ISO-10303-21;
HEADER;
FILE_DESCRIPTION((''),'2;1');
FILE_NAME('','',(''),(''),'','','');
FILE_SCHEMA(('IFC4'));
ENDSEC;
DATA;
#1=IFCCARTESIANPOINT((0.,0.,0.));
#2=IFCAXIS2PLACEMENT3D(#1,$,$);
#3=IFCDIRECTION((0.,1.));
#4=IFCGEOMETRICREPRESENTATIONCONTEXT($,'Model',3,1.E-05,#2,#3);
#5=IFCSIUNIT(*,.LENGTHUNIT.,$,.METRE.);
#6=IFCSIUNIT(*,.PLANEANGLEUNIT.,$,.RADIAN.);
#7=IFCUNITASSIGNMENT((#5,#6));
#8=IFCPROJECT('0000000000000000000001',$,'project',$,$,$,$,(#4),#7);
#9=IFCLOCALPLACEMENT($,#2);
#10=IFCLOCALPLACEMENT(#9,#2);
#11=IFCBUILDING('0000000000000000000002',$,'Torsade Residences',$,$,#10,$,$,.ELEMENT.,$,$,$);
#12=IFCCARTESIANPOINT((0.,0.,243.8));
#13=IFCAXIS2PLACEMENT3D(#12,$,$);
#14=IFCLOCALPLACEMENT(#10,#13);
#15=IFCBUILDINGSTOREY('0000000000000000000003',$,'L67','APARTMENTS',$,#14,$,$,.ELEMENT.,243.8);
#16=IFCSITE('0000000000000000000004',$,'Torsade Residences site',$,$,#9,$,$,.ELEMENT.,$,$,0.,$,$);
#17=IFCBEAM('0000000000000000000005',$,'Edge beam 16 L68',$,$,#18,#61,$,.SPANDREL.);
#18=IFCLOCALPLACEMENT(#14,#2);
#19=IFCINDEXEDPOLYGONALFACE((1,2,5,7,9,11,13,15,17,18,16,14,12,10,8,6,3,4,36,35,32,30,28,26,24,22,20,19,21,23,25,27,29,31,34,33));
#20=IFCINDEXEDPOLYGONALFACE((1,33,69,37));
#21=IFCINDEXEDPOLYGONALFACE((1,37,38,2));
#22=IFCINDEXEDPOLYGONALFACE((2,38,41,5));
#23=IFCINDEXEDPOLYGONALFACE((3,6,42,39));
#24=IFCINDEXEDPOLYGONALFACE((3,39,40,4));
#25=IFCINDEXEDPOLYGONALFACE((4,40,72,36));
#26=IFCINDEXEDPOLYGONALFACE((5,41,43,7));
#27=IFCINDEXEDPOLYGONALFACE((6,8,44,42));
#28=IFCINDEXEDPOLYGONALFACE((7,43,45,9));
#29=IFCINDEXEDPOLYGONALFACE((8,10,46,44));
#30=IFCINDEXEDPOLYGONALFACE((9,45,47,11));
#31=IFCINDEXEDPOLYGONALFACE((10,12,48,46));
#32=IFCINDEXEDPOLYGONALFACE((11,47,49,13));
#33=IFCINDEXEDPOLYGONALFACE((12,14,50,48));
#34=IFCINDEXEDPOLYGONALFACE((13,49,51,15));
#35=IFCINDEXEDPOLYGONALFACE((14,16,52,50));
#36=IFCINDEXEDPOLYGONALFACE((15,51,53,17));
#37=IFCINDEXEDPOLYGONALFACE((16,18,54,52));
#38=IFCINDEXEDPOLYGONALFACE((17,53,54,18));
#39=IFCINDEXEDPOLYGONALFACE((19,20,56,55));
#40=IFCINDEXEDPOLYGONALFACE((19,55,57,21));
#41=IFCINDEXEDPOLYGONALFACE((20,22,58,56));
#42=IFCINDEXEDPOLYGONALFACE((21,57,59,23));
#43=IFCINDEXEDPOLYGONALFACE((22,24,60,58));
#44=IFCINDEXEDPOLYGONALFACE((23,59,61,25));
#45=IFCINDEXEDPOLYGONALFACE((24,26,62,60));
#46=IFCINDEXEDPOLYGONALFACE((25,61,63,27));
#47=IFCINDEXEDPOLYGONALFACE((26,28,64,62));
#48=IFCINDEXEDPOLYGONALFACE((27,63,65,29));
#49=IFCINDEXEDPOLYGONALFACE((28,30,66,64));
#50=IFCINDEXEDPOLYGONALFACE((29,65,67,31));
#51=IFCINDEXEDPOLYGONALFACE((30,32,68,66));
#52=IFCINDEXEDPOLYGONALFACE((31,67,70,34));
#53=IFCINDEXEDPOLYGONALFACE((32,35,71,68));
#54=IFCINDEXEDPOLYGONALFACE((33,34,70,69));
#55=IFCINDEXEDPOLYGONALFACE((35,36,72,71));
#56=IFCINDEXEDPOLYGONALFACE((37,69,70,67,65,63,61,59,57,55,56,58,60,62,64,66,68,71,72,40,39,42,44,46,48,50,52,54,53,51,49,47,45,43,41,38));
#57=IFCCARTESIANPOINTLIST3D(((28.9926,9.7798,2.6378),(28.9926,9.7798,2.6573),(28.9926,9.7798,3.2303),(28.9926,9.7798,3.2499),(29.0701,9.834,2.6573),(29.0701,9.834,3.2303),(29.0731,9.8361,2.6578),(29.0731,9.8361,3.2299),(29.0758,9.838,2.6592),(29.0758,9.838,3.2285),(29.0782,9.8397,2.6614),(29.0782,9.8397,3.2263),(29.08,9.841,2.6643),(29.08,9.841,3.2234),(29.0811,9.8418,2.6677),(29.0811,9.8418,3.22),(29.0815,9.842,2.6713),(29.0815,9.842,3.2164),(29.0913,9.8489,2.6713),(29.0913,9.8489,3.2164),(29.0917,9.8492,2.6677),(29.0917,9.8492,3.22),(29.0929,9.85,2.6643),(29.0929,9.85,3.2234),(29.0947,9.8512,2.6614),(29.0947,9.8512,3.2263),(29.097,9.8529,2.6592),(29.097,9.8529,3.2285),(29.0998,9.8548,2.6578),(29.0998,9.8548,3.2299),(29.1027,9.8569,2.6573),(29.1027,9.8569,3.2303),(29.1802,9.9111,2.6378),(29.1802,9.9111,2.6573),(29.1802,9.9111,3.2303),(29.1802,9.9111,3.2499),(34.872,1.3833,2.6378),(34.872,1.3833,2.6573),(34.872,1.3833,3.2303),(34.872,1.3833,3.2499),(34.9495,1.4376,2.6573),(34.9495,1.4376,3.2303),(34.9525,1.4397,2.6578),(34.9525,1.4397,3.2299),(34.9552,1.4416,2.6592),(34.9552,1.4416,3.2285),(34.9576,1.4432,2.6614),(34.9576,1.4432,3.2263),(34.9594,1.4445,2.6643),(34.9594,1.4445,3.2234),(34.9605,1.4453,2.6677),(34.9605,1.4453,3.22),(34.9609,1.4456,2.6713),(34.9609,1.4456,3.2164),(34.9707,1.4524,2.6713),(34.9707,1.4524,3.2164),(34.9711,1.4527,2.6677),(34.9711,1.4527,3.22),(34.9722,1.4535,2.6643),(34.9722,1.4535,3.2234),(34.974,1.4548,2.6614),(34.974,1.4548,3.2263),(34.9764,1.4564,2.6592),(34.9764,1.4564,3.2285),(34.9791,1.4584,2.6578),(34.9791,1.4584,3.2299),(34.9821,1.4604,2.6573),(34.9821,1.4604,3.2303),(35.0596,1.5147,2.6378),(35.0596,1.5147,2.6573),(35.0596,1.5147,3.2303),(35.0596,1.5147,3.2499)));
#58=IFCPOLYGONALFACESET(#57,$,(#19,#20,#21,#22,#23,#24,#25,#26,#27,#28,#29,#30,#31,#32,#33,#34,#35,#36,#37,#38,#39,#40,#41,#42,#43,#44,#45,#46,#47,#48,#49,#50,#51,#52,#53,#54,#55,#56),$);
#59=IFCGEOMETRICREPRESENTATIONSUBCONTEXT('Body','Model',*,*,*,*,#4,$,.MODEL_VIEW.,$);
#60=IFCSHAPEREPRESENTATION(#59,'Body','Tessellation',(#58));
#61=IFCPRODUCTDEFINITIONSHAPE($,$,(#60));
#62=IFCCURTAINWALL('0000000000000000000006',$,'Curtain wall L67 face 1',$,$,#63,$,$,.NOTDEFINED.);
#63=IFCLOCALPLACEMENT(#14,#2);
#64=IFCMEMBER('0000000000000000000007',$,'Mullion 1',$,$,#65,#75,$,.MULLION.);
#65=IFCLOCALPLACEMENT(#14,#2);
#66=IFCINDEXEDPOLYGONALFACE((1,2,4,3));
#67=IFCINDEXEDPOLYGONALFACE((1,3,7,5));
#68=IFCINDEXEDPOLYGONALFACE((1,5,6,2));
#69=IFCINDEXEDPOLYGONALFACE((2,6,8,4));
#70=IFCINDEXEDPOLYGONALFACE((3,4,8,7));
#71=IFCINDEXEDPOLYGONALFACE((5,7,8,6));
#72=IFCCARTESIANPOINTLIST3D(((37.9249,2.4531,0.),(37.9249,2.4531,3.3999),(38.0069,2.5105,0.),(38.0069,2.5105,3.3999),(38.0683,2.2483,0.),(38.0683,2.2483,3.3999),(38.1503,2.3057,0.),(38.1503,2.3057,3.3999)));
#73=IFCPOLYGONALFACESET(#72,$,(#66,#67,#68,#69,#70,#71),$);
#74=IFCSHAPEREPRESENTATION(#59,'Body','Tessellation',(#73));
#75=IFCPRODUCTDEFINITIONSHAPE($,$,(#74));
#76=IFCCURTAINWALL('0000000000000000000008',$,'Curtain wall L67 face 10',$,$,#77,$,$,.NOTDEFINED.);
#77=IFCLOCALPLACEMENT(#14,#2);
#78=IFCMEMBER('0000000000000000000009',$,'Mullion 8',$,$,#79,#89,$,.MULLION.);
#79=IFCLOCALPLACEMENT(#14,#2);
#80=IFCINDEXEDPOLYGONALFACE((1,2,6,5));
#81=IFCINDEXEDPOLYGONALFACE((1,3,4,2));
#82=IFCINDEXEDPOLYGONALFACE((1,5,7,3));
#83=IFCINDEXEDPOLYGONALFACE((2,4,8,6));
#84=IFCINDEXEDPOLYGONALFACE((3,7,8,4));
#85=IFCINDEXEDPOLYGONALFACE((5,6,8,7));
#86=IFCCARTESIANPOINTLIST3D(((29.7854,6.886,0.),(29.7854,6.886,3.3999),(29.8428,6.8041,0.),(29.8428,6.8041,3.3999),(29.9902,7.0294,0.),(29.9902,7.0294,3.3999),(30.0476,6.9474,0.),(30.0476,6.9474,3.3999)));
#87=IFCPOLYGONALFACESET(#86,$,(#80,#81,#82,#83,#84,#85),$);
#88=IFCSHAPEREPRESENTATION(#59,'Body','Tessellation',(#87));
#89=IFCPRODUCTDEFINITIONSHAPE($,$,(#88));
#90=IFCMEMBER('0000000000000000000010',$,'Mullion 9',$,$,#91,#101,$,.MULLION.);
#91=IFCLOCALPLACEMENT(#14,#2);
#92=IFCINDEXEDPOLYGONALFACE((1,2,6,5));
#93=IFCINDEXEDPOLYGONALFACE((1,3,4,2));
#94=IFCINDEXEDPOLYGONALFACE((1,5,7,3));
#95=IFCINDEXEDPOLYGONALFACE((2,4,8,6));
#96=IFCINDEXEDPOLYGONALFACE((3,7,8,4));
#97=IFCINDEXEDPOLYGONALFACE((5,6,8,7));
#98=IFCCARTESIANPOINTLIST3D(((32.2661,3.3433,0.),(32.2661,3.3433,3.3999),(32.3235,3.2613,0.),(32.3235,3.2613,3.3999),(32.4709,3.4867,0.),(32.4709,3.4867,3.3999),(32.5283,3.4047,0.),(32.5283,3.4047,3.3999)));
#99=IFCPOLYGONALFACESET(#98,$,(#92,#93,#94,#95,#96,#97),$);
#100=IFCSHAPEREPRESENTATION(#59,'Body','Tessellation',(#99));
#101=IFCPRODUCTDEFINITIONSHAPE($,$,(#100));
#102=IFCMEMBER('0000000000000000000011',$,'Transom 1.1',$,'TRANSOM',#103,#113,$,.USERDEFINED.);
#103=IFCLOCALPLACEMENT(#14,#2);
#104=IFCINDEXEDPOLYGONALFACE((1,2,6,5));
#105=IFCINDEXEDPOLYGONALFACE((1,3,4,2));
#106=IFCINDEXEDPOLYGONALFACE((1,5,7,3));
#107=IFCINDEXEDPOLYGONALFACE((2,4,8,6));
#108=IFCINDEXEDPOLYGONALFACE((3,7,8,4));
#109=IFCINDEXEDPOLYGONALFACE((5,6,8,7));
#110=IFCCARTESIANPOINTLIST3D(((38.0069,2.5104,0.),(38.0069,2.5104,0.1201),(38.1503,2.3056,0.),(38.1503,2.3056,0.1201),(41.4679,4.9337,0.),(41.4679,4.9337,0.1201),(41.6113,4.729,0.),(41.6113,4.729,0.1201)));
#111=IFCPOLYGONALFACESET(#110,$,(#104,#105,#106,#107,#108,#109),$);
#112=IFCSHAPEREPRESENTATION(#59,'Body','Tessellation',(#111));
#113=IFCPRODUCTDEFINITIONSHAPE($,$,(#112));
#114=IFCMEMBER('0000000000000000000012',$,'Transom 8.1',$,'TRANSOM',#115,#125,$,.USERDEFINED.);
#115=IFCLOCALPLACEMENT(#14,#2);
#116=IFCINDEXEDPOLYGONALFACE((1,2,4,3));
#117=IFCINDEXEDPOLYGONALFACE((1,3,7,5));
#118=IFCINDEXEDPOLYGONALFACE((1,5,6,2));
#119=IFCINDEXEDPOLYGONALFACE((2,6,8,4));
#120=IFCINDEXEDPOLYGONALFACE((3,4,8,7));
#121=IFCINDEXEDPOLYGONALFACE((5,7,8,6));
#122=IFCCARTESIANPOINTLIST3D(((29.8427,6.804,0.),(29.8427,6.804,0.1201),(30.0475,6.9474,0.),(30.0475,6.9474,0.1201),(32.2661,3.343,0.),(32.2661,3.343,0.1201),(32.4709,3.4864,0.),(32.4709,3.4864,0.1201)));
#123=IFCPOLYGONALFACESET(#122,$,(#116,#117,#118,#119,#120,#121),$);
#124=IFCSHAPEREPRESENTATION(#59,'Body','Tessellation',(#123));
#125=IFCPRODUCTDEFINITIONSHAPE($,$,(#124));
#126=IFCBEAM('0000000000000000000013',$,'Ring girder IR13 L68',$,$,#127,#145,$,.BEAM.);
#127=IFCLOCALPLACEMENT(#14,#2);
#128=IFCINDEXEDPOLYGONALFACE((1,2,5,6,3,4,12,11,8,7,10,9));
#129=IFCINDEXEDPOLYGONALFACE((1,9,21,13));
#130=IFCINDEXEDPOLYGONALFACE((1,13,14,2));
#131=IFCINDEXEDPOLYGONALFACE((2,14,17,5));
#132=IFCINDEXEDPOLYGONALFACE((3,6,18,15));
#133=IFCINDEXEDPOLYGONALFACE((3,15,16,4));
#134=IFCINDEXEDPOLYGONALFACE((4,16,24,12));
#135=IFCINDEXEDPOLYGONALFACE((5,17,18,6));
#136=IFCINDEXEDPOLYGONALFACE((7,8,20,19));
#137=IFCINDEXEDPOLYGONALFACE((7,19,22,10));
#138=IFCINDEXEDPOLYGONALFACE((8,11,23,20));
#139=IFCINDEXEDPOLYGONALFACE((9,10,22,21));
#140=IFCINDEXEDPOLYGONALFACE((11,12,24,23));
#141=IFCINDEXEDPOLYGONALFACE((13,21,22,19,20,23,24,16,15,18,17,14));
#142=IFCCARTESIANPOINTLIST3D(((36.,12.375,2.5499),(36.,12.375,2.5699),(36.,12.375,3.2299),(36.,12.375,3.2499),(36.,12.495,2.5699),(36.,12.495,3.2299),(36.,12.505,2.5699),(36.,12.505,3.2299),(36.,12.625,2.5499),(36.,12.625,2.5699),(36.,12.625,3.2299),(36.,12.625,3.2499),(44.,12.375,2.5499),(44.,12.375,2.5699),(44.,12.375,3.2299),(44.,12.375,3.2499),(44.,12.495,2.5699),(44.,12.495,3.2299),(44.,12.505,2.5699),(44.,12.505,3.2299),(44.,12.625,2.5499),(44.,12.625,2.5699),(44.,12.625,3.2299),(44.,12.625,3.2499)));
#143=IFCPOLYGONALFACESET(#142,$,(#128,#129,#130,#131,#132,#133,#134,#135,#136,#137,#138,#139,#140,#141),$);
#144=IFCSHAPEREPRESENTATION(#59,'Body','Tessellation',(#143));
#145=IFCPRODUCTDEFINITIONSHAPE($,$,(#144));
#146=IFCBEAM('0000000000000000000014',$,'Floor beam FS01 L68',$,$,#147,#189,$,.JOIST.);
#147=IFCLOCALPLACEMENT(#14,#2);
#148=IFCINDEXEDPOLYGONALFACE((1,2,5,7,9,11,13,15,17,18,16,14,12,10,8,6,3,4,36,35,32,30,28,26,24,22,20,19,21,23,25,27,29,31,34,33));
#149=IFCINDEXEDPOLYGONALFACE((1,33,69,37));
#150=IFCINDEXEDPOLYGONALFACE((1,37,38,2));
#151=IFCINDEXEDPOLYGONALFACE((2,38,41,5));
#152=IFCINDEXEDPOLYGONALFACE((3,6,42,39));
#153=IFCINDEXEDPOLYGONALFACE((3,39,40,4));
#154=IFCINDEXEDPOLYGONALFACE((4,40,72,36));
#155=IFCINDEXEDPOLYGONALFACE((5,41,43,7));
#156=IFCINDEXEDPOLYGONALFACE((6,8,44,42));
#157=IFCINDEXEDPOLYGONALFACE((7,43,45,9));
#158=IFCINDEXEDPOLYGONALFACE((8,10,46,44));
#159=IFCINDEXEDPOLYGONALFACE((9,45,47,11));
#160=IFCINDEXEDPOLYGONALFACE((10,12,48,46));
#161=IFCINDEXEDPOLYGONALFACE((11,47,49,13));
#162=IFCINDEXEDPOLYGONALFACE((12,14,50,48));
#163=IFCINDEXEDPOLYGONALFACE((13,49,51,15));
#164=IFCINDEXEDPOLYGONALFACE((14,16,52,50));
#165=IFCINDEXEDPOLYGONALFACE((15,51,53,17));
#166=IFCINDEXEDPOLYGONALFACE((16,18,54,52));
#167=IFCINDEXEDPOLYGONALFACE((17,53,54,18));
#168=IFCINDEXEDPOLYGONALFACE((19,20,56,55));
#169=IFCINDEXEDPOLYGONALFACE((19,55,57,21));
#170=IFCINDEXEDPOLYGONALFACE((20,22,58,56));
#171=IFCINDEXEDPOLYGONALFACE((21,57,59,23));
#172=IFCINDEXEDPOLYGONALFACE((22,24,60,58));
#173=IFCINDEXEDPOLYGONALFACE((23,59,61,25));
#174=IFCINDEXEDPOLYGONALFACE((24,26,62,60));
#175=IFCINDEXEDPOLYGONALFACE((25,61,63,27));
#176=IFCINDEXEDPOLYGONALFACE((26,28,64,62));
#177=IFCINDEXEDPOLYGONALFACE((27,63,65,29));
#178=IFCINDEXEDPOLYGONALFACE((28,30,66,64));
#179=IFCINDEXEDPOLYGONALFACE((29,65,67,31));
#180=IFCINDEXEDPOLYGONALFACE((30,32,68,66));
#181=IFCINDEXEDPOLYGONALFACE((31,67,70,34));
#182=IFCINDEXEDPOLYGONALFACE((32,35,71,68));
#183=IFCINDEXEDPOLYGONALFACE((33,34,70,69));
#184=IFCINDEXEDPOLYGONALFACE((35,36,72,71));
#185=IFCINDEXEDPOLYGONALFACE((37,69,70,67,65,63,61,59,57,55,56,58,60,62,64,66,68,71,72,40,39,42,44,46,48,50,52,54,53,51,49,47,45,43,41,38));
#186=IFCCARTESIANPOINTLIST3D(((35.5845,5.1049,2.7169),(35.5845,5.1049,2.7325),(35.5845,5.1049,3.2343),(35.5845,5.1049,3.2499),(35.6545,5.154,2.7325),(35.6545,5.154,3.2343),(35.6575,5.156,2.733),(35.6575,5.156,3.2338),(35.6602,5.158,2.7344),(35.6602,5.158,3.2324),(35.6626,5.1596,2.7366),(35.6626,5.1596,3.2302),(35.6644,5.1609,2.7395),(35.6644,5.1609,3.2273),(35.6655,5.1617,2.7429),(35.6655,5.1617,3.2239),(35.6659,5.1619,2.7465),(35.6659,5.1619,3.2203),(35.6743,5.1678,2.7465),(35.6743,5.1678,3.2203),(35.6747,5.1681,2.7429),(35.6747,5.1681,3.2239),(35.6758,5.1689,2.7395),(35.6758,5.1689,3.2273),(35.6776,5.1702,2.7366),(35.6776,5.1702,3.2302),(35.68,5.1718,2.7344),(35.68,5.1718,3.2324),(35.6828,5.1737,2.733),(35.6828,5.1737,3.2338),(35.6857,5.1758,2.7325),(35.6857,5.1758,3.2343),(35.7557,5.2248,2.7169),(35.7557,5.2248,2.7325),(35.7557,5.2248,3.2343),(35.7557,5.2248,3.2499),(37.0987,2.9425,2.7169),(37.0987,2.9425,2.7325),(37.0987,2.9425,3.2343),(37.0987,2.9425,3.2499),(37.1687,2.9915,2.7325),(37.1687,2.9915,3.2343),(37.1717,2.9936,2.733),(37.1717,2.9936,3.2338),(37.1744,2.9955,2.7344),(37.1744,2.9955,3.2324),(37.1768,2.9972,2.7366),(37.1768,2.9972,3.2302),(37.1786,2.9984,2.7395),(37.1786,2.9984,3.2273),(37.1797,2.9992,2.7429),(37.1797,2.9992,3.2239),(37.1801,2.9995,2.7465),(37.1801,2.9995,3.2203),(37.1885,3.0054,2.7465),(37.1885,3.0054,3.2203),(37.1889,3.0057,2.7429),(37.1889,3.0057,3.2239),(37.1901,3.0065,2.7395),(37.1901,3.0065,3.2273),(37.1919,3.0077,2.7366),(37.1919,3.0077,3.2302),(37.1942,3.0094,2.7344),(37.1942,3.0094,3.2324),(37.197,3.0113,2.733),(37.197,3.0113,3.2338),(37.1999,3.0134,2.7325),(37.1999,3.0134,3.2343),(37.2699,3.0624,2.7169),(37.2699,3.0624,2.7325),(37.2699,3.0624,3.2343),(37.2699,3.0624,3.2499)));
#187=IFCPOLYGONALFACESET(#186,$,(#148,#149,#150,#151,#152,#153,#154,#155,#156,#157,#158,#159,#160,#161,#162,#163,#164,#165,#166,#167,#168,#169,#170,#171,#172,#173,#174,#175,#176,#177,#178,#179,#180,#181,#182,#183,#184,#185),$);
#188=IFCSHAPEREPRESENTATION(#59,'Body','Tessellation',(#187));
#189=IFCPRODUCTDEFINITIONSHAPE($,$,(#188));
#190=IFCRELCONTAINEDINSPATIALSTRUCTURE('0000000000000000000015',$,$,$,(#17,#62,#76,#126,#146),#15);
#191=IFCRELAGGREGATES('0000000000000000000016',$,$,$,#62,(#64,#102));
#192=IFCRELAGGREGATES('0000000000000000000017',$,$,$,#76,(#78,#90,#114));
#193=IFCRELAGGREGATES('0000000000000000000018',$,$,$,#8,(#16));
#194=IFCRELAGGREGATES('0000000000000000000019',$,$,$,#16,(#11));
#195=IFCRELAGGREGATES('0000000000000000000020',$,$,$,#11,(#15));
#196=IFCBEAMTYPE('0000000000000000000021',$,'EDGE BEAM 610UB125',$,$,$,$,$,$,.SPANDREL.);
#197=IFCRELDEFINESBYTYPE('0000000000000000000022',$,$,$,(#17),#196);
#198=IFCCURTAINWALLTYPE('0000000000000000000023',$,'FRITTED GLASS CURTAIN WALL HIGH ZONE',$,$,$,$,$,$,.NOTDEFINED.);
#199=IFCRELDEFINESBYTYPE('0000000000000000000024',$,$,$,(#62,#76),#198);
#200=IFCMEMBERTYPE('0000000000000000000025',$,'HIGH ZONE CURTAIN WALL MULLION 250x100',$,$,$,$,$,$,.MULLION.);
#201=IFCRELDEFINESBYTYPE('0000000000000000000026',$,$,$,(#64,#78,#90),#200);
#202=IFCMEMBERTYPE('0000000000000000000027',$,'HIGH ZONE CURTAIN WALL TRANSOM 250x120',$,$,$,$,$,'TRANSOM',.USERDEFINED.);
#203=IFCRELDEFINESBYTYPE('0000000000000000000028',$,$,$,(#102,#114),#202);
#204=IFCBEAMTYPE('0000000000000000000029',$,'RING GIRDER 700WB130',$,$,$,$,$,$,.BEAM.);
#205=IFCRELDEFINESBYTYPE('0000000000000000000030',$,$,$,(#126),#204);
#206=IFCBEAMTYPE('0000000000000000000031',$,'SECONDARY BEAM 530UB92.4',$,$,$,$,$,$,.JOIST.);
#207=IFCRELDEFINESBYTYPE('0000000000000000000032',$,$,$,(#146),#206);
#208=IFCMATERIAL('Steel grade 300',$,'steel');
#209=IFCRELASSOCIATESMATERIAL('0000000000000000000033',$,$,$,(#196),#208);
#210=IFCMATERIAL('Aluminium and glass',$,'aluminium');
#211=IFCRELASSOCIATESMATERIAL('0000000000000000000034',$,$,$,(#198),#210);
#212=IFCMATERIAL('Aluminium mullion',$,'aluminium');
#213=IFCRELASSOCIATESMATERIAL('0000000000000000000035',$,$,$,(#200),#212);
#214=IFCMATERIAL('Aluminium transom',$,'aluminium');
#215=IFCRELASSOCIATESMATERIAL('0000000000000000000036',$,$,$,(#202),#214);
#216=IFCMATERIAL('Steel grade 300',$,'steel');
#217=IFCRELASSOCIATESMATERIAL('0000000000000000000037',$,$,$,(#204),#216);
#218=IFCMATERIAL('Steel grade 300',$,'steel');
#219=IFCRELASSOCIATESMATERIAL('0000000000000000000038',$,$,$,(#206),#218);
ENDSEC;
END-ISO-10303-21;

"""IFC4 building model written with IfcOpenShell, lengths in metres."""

from ifc_helpers import new_model, si_unit, direction, frame, origin, origin_2d, place, context, subcontext, project, spatial, rectangle, i_section, extrude, material, material_profile, profile_set, type_object, element, aggregate, save


model = new_model("IFC4")

# Units and contexts
model_context = context("Model", 3, precision=1e-05, world=origin(), true_north=direction((0.0, 1.0)))
body_context = subcontext(model_context, "Body", "Model", "MODEL_VIEW")
ifc_project = project(units=[si_unit("LENGTHUNIT", "METRE"), si_unit("PLANEANGLEUNIT", "RADIAN")], contexts=[model_context])

# Site, building, storey
site_placement = place(None, origin())
site = spatial("IfcSite", under=ifc_project, at=site_placement, Name="Torsade Residences site", CompositionType="ELEMENT", RefElevation=0.0)
building_placement = place(site_placement, origin())
building = spatial("IfcBuilding", under=site, at=building_placement, Name="Torsade Residences", CompositionType="ELEMENT")
storey_placement = place(building_placement, frame((0.0, 0.0, 243.8)))
storey = spatial("IfcBuildingStorey", under=building, at=storey_placement, Name="L67", Description="APARTMENTS", CompositionType="ELEMENT", Elevation=243.8)

# Beam
ifc_material_1 = material(Name="Steel grade 300", Category="steel")
ifc_material_profile_1 = material_profile(ifc_material_1, i_section(OverallWidth=0.229, OverallDepth=0.6121, WebThickness=0.012, FlangeThickness=0.0195, FilletRadius=0.0139, at=origin_2d()), Name="610UB125")
ifc_profile_set_1 = profile_set([ifc_material_profile_1], Name="Steel grade 300")
beam_type_1 = type_object("IfcBeamType", Name="EDGE BEAM 610UB125", PredefinedType="SPANDREL", material=ifc_profile_set_1)
beam_1_placement = place(storey_placement, frame((29.0864, 9.8455, 2.9438), z_axis=(0.573584, -0.819147, 0.0), x_axis=(0.819147, 0.573584, 0.0)))
element("IfcBeam", 1, at=beam_1_placement, inside=storey, type_object=beam_type_1, Name="Edge beam 16 L68", PredefinedType="SPANDREL", context=body_context, shape_type="SweptSolid", body=[
    extrude(i_section(OverallWidth=0.229, OverallDepth=0.6121, WebThickness=0.012, FlangeThickness=0.0195, FilletRadius=0.0139, at=origin_2d()), origin(), (0.0, 0.0, 1.0), 10.2502),
])

# Curtain wall, member
ifc_material_2 = material(Name="Aluminium and glass", Category="aluminium")
curtain_wall_type = type_object("IfcCurtainWallType", Name="FRITTED GLASS CURTAIN WALL HIGH ZONE", PredefinedType="NOTDEFINED", material=ifc_material_2)
curtain_wall_1_placement = place(storey_placement, origin())
curtain_wall_1 = element("IfcCurtainWall", 2, at=curtain_wall_1_placement, inside=storey, type_object=curtain_wall_type, Name="Curtain wall L67 face 1", PredefinedType="NOTDEFINED")
ifc_material_3 = material(Name="Aluminium mullion", Category="aluminium")
ifc_material_profile_2 = material_profile(ifc_material_3, rectangle(XDim=0.25, YDim=0.1001, at=origin_2d()), Name="HIGH ZONE CURTAIN WALL MULLION 250x100")
ifc_profile_set_2 = profile_set([ifc_material_profile_2], Name="Aluminium mullion")
member_type_1 = type_object("IfcMemberType", Name="HIGH ZONE CURTAIN WALL MULLION 250x100", PredefinedType="MULLION", material=ifc_profile_set_2)
member_1_placement = place(storey_placement, frame((38.0376, 2.3794, 0.0), z_axis=(0.0, 0.0, 1.0), x_axis=(-0.573576, 0.819152, 0.0)))
member_1 = element("IfcMember", 3, at=member_1_placement, type_object=member_type_1, Name="Mullion 1", PredefinedType="MULLION", context=body_context, shape_type="SweptSolid", body=[
    extrude(rectangle(XDim=0.25, YDim=0.1001, at=origin_2d()), origin(), (0.0, 0.0, 1.0), 3.3999),
])

# Curtain wall, members
curtain_wall_2_placement = place(storey_placement, origin())
curtain_wall_2 = element("IfcCurtainWall", 4, at=curtain_wall_2_placement, inside=storey, type_object=curtain_wall_type, Name="Curtain wall L67 face 10", PredefinedType="NOTDEFINED")
member_2_placement = place(storey_placement, frame((29.9165, 6.9167, 0.0), z_axis=(0.0, 0.0, 1.0), x_axis=(0.819152, 0.573576, 0.0)))
member_2 = element("IfcMember", 5, at=member_2_placement, type_object=member_type_1, Name="Mullion 8", PredefinedType="MULLION", context=body_context, shape_type="SweptSolid", body=[
    extrude(rectangle(XDim=0.25, YDim=0.1001, at=origin_2d()), origin(), (0.0, 0.0, 1.0), 3.3999),
])
member_3_placement = place(storey_placement, frame((32.3972, 3.374, 0.0), z_axis=(0.0, 0.0, 1.0), x_axis=(0.819152, 0.573576, 0.0)))
member_3 = element("IfcMember", 6, at=member_3_placement, type_object=member_type_1, Name="Mullion 9", PredefinedType="MULLION", context=body_context, shape_type="SweptSolid", body=[
    extrude(rectangle(XDim=0.25, YDim=0.1001, at=origin_2d()), origin(), (0.0, 0.0, 1.0), 3.3999),
])

# Members
ifc_material_4 = material(Name="Aluminium transom", Category="aluminium")
ifc_material_profile_3 = material_profile(ifc_material_4, rectangle(XDim=0.25, YDim=0.1201, at=origin_2d()), Name="HIGH ZONE CURTAIN WALL TRANSOM 250x120")
ifc_profile_set_3 = profile_set([ifc_material_profile_3], Name="Aluminium transom")
member_type_2 = type_object("IfcMemberType", Name="HIGH ZONE CURTAIN WALL TRANSOM 250x120", ElementType="TRANSOM", PredefinedType="USERDEFINED", material=ifc_profile_set_3)
member_4_placement = place(storey_placement, frame((38.0786, 2.408, 0.0601), z_axis=(0.819156, 0.573571, 0.0), x_axis=(-0.573571, 0.819156, 0.0)))
member_4 = element("IfcMember", 7, at=member_4_placement, type_object=member_type_2, Name="Transom 1.1", ObjectType="TRANSOM", PredefinedType="USERDEFINED", context=body_context, shape_type="SweptSolid", body=[
    extrude(rectangle(XDim=0.25, YDim=0.1201, at=origin_2d()), origin(), (0.0, 0.0, 1.0), 4.2251),
])
aggregate(curtain_wall_1, [member_1, member_4])
member_5_placement = place(storey_placement, frame((29.9451, 6.8757, 0.0601), z_axis=(0.573571, -0.819156, 0.0), x_axis=(0.819156, 0.573571, 0.0)))
member_5 = element("IfcMember", 8, at=member_5_placement, type_object=member_type_2, Name="Transom 8.1", ObjectType="TRANSOM", PredefinedType="USERDEFINED", context=body_context, shape_type="SweptSolid", body=[
    extrude(rectangle(XDim=0.25, YDim=0.1201, at=origin_2d()), origin(), (0.0, 0.0, 1.0), 4.2251),
])

# Beams
ifc_material_5 = material(Name="Steel grade 300", Category="steel")
ifc_material_profile_4 = material_profile(ifc_material_5, i_section(OverallWidth=0.25, OverallDepth=0.7, WebThickness=0.01, FlangeThickness=0.02, at=origin_2d()), Name="700WB130")
ifc_profile_set_4 = profile_set([ifc_material_profile_4], Name="Steel grade 300")
beam_type_2 = type_object("IfcBeamType", Name="RING GIRDER 700WB130", PredefinedType="BEAM", material=ifc_profile_set_4)
beam_2_placement = place(storey_placement, frame((36.0, 12.5, 2.8999), z_axis=(1.0, 0.0, 0.0), x_axis=(0.0, 1.0, 0.0)))
element("IfcBeam", 9, at=beam_2_placement, inside=storey, type_object=beam_type_2, Name="Ring girder IR13 L68", PredefinedType="BEAM", context=body_context, shape_type="SweptSolid", body=[
    extrude(i_section(OverallWidth=0.25, OverallDepth=0.7, WebThickness=0.01, FlangeThickness=0.02, at=origin_2d()), origin(), (0.0, 0.0, 1.0), 8.0),
])
ifc_material_6 = material(Name="Steel grade 300", Category="steel")
ifc_material_profile_5 = material_profile(ifc_material_6, i_section(OverallWidth=0.209, OverallDepth=0.533, WebThickness=0.0103, FlangeThickness=0.0156, FilletRadius=0.0139, at=origin_2d()), Name="530UB92.4")
ifc_profile_set_5 = profile_set([ifc_material_profile_5], Name="Steel grade 300")
beam_type_3 = type_object("IfcBeamType", Name="SECONDARY BEAM 530UB92.4", PredefinedType="JOIST", material=ifc_profile_set_5)
beam_3_placement = place(storey_placement, frame((37.1843, 3.0024, 2.9834), z_axis=(-0.573593, 0.819141, 0.0), x_axis=(-0.819141, -0.573593, 0.0)))
element("IfcBeam", 10, at=beam_3_placement, inside=storey, type_object=beam_type_3, Name="Floor beam FS01 L68", PredefinedType="JOIST", context=body_context, shape_type="SweptSolid", body=[
    extrude(i_section(OverallWidth=0.209, OverallDepth=0.533, WebThickness=0.0103, FlangeThickness=0.0156, FilletRadius=0.0139, at=origin_2d()), origin(), (0.0, 0.0, 1.0), 2.6399),
])

aggregate(curtain_wall_2, [member_2, member_3, member_5])

save(model, "model.ifc")
